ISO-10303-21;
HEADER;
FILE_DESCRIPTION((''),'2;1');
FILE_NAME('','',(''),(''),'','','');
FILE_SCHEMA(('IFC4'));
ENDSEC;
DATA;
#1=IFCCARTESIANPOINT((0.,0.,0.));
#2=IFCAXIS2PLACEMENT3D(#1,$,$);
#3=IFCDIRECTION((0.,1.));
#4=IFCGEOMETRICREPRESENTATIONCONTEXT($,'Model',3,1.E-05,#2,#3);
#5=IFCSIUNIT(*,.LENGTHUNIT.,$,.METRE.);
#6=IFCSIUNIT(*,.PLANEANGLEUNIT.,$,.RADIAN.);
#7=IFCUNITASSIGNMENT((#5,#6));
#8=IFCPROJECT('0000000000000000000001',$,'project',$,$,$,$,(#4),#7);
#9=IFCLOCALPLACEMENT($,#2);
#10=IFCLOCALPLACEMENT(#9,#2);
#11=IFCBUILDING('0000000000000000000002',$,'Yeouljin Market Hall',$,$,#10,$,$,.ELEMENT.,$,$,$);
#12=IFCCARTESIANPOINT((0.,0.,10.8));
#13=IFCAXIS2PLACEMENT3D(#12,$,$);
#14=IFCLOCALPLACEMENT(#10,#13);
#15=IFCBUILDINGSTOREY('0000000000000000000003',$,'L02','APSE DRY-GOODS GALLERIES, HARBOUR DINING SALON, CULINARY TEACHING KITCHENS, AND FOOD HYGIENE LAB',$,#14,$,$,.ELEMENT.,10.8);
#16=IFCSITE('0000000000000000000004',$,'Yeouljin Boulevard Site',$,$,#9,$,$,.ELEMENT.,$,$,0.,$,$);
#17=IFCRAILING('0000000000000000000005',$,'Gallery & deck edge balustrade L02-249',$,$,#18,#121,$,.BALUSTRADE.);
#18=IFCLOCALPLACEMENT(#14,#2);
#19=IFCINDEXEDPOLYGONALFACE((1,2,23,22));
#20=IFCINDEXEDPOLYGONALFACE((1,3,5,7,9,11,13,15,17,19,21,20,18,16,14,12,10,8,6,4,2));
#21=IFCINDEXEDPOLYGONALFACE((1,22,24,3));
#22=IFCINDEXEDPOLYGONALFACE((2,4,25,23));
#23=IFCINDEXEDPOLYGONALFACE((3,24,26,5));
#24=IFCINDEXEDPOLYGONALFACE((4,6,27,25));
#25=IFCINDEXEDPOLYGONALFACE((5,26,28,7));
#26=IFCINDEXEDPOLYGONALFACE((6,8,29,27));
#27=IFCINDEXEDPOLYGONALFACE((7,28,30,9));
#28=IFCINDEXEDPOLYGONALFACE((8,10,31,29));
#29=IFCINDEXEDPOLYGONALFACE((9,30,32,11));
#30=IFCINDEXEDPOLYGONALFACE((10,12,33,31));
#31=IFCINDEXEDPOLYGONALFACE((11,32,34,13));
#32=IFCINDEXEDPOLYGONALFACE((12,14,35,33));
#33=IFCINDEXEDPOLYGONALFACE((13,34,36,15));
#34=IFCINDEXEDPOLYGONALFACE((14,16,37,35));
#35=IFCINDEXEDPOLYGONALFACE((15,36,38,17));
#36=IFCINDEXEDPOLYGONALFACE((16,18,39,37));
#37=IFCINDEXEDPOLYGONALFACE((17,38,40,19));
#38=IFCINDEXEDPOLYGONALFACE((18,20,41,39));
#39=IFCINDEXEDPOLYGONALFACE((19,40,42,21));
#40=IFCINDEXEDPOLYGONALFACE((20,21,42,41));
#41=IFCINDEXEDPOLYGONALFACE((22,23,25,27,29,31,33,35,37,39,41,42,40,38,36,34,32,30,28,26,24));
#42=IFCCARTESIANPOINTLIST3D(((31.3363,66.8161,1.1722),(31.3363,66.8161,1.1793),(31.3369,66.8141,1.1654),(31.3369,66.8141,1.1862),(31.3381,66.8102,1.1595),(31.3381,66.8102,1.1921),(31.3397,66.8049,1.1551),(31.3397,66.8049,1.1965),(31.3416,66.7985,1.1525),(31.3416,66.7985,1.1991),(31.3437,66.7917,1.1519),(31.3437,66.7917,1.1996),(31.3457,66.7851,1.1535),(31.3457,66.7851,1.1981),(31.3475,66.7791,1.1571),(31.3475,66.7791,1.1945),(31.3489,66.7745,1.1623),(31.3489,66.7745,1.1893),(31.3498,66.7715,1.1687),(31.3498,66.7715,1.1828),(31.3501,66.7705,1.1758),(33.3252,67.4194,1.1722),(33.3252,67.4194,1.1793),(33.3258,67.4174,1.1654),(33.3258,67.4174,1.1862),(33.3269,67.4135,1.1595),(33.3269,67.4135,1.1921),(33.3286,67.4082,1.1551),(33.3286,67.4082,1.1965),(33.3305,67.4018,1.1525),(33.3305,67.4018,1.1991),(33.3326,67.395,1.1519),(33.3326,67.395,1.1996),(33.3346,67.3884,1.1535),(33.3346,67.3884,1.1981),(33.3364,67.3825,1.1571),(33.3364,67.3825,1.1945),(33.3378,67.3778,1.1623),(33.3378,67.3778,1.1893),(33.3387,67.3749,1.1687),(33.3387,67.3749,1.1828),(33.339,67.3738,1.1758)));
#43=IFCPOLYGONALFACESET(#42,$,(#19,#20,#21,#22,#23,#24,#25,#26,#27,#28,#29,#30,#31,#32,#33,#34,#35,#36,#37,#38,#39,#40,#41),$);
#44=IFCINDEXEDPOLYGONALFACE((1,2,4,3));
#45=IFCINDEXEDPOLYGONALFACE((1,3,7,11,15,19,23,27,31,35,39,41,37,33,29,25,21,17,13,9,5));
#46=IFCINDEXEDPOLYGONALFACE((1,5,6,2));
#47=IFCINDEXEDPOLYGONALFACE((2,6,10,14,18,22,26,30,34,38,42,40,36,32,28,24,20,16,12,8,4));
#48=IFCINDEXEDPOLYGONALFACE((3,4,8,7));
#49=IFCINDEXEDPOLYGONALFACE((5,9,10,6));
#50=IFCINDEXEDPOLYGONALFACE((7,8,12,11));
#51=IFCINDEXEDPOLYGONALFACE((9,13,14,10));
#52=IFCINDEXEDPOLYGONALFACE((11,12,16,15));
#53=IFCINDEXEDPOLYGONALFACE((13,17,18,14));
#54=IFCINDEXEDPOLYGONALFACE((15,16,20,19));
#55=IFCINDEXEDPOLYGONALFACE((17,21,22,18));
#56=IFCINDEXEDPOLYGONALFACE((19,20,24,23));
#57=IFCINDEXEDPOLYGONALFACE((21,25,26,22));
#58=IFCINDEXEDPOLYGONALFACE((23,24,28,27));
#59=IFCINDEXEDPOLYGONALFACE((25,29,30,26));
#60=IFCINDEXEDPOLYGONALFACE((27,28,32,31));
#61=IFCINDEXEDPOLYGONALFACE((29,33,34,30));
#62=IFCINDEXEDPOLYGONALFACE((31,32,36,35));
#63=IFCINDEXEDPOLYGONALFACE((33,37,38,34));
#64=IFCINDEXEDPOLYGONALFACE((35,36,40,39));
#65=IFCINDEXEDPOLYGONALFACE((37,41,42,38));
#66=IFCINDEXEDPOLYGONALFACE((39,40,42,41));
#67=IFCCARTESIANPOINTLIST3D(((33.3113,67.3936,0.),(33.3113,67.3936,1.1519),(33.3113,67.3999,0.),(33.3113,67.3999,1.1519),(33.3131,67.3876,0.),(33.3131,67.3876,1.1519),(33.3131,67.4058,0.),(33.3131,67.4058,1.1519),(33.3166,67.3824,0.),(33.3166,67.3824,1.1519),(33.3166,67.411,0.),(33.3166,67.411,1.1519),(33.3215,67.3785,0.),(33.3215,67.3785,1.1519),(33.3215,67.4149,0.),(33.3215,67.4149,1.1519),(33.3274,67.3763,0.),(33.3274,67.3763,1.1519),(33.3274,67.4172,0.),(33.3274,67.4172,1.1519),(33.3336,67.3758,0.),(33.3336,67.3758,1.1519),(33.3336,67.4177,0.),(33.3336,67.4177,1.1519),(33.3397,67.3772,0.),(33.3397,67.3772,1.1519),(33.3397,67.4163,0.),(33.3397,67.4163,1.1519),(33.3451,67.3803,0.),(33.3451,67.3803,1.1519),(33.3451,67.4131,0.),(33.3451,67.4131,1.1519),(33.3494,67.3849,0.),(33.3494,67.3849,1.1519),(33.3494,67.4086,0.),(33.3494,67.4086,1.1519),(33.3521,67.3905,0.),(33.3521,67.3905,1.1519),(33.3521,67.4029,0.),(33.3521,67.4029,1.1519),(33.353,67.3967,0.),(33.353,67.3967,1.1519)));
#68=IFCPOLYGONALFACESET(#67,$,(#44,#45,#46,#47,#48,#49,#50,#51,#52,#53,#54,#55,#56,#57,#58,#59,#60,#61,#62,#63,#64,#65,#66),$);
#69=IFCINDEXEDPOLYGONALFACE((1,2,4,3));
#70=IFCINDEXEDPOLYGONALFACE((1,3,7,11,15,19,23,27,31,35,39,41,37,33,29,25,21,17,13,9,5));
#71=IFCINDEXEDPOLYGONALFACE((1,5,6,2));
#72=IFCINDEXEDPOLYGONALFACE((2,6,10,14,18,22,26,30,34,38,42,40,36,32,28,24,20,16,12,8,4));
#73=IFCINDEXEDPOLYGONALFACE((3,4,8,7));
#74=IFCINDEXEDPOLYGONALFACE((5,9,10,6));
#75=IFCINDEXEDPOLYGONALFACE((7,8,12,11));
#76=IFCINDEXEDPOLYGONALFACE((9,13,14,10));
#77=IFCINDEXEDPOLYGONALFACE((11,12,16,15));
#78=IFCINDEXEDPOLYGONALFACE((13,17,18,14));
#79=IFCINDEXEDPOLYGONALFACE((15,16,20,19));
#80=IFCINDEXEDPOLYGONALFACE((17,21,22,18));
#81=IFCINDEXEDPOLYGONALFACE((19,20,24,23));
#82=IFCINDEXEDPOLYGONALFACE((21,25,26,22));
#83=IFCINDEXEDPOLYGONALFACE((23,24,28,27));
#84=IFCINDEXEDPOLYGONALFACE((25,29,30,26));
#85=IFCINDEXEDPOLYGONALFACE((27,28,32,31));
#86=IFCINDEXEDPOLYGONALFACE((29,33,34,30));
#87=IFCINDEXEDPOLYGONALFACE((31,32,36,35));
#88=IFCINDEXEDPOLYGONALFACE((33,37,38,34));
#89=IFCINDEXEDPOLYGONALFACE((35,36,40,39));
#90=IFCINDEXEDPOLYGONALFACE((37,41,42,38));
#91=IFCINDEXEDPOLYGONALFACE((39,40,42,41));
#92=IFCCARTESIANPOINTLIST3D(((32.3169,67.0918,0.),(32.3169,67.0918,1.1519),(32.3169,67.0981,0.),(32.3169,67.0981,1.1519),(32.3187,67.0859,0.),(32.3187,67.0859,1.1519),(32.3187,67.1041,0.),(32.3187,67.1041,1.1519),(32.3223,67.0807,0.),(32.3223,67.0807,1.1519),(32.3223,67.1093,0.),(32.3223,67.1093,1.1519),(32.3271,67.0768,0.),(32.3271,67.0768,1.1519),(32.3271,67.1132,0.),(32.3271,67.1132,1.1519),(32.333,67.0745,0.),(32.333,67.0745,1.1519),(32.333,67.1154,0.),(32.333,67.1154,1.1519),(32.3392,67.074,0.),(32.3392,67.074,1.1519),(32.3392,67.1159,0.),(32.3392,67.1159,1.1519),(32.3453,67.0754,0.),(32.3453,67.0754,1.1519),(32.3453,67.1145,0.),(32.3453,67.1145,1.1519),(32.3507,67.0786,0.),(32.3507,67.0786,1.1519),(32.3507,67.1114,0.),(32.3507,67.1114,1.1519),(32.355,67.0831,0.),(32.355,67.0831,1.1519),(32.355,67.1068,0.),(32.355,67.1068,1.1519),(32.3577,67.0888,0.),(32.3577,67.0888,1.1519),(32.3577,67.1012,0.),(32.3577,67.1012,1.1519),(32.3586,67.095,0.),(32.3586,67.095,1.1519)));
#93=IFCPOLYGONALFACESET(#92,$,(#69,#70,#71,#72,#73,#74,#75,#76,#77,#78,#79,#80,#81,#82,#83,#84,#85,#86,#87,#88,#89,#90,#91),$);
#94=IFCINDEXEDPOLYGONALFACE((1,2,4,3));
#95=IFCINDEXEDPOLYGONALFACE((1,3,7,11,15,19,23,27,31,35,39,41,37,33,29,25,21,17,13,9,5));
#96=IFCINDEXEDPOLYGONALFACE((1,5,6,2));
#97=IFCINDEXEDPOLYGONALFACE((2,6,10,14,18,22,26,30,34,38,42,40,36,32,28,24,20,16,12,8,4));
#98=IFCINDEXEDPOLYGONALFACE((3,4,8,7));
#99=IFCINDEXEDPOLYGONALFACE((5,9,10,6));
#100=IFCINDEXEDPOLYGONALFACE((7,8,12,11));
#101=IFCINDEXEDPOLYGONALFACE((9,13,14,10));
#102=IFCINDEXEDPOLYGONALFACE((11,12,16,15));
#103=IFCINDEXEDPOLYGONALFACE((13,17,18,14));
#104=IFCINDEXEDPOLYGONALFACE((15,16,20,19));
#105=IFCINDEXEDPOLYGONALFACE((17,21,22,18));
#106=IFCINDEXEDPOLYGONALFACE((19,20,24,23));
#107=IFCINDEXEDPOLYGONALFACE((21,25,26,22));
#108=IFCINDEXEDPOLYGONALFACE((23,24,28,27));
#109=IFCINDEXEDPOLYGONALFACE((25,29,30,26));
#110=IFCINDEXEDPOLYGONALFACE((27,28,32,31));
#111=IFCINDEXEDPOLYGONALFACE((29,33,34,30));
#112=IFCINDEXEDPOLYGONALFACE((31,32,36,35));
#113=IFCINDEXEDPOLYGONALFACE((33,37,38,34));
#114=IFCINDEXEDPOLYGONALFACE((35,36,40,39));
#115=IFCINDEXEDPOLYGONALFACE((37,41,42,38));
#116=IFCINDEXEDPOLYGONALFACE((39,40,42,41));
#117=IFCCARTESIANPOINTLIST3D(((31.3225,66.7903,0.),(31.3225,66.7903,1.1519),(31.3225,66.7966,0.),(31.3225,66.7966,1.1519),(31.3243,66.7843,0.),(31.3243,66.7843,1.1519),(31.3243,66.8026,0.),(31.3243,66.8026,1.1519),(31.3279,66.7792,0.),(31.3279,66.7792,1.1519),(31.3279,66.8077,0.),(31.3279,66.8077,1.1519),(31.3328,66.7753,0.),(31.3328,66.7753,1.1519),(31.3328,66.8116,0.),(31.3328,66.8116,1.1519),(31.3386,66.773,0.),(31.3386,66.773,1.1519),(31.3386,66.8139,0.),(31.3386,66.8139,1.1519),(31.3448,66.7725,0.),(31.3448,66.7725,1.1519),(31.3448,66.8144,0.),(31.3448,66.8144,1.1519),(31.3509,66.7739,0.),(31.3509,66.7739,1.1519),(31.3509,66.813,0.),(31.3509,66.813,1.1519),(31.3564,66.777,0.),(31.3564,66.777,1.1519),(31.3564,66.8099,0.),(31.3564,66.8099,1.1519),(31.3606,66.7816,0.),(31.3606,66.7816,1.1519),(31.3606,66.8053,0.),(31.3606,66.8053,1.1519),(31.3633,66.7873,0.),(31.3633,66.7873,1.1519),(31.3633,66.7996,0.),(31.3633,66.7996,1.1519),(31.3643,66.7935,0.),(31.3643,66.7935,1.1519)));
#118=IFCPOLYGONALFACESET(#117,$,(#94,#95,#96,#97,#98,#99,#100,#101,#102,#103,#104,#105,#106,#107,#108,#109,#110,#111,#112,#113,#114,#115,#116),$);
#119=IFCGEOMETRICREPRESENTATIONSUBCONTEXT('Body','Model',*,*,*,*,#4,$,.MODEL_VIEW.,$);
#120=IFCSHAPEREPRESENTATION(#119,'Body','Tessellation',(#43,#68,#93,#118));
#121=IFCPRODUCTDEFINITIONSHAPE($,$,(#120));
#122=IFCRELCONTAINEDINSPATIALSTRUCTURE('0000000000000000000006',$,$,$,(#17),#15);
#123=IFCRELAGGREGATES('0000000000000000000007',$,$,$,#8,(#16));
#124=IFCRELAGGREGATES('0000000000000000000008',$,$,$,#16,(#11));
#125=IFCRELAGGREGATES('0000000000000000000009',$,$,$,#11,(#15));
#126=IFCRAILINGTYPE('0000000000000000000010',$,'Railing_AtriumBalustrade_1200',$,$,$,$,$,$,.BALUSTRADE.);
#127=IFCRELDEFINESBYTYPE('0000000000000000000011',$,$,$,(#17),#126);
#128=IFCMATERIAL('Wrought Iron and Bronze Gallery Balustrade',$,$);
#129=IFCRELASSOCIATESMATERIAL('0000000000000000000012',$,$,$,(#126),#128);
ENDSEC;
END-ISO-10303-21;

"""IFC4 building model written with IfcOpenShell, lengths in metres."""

from ifc_helpers import new_model, si_unit, direction, frame, origin, origin_2d, place, context, subcontext, project, spatial, circle, extrude, material, type_object, element, save


model = new_model("IFC4")

# Units and contexts
model_context = context("Model", 3, precision=1e-05, world=origin(), true_north=direction((0.0, 1.0)))
body_context = subcontext(model_context, "Body", "Model", "MODEL_VIEW")
ifc_project = project(units=[si_unit("LENGTHUNIT", "METRE"), si_unit("PLANEANGLEUNIT", "RADIAN")], contexts=[model_context])

# Site, building, storey
site_placement = place(None, origin())
site = spatial("IfcSite", under=ifc_project, at=site_placement, Name="Yeouljin Boulevard Site", CompositionType="ELEMENT", RefElevation=0.0)
building_placement = place(site_placement, origin())
building = spatial("IfcBuilding", under=site, at=building_placement, Name="Yeouljin Market Hall", CompositionType="ELEMENT")
storey_placement = place(building_placement, frame((0.0, 0.0, 10.8)))
storey = spatial("IfcBuildingStorey", under=building, at=storey_placement, Name="L02", Description="APSE DRY-GOODS GALLERIES, HARBOUR DINING SALON, CULINARY TEACHING KITCHENS, AND FOOD HYGIENE LAB", CompositionType="ELEMENT", Elevation=10.8)

# Railing
ifc_material_1 = material(Name="Wrought Iron and Bronze Gallery Balustrade")
railing_type = type_object("IfcRailingType", Name="Railing_AtriumBalustrade_1200", PredefinedType="BALUSTRADE", material=ifc_material_1)
railing_1_placement = place(storey_placement, frame((33.332, 67.3967, 0.0)))
element("IfcRailing", 1, at=railing_1_placement, inside=storey, type_object=railing_type, Name="Gallery & deck edge balustrade L02-249", PredefinedType="BALUSTRADE", context=body_context, shape_type="SweptSolid", body=[
    extrude(circle(Radius=0.0239, at=origin_2d()), frame((0.0, 0.0, 1.1758), z_axis=(-0.956942, -0.290278, 0.0), x_axis=(0.290278, -0.956942, 0.0)), (0.0, 0.0, 1.0), 2.0784),
    extrude(circle(Radius=0.021, at=origin_2d()), origin(), (0.0, 0.0, 1.0), 1.1519),
    extrude(circle(Radius=0.021, at=origin_2d()), frame((-0.9944, -0.3018, 0.0)), (0.0, 0.0, 1.0), 1.1519),
    extrude(circle(Radius=0.021, at=origin_2d()), frame((-1.9888, -0.6033, 0.0)), (0.0, 0.0, 1.0), 1.1519),
])

save(model, "model.ifc")
